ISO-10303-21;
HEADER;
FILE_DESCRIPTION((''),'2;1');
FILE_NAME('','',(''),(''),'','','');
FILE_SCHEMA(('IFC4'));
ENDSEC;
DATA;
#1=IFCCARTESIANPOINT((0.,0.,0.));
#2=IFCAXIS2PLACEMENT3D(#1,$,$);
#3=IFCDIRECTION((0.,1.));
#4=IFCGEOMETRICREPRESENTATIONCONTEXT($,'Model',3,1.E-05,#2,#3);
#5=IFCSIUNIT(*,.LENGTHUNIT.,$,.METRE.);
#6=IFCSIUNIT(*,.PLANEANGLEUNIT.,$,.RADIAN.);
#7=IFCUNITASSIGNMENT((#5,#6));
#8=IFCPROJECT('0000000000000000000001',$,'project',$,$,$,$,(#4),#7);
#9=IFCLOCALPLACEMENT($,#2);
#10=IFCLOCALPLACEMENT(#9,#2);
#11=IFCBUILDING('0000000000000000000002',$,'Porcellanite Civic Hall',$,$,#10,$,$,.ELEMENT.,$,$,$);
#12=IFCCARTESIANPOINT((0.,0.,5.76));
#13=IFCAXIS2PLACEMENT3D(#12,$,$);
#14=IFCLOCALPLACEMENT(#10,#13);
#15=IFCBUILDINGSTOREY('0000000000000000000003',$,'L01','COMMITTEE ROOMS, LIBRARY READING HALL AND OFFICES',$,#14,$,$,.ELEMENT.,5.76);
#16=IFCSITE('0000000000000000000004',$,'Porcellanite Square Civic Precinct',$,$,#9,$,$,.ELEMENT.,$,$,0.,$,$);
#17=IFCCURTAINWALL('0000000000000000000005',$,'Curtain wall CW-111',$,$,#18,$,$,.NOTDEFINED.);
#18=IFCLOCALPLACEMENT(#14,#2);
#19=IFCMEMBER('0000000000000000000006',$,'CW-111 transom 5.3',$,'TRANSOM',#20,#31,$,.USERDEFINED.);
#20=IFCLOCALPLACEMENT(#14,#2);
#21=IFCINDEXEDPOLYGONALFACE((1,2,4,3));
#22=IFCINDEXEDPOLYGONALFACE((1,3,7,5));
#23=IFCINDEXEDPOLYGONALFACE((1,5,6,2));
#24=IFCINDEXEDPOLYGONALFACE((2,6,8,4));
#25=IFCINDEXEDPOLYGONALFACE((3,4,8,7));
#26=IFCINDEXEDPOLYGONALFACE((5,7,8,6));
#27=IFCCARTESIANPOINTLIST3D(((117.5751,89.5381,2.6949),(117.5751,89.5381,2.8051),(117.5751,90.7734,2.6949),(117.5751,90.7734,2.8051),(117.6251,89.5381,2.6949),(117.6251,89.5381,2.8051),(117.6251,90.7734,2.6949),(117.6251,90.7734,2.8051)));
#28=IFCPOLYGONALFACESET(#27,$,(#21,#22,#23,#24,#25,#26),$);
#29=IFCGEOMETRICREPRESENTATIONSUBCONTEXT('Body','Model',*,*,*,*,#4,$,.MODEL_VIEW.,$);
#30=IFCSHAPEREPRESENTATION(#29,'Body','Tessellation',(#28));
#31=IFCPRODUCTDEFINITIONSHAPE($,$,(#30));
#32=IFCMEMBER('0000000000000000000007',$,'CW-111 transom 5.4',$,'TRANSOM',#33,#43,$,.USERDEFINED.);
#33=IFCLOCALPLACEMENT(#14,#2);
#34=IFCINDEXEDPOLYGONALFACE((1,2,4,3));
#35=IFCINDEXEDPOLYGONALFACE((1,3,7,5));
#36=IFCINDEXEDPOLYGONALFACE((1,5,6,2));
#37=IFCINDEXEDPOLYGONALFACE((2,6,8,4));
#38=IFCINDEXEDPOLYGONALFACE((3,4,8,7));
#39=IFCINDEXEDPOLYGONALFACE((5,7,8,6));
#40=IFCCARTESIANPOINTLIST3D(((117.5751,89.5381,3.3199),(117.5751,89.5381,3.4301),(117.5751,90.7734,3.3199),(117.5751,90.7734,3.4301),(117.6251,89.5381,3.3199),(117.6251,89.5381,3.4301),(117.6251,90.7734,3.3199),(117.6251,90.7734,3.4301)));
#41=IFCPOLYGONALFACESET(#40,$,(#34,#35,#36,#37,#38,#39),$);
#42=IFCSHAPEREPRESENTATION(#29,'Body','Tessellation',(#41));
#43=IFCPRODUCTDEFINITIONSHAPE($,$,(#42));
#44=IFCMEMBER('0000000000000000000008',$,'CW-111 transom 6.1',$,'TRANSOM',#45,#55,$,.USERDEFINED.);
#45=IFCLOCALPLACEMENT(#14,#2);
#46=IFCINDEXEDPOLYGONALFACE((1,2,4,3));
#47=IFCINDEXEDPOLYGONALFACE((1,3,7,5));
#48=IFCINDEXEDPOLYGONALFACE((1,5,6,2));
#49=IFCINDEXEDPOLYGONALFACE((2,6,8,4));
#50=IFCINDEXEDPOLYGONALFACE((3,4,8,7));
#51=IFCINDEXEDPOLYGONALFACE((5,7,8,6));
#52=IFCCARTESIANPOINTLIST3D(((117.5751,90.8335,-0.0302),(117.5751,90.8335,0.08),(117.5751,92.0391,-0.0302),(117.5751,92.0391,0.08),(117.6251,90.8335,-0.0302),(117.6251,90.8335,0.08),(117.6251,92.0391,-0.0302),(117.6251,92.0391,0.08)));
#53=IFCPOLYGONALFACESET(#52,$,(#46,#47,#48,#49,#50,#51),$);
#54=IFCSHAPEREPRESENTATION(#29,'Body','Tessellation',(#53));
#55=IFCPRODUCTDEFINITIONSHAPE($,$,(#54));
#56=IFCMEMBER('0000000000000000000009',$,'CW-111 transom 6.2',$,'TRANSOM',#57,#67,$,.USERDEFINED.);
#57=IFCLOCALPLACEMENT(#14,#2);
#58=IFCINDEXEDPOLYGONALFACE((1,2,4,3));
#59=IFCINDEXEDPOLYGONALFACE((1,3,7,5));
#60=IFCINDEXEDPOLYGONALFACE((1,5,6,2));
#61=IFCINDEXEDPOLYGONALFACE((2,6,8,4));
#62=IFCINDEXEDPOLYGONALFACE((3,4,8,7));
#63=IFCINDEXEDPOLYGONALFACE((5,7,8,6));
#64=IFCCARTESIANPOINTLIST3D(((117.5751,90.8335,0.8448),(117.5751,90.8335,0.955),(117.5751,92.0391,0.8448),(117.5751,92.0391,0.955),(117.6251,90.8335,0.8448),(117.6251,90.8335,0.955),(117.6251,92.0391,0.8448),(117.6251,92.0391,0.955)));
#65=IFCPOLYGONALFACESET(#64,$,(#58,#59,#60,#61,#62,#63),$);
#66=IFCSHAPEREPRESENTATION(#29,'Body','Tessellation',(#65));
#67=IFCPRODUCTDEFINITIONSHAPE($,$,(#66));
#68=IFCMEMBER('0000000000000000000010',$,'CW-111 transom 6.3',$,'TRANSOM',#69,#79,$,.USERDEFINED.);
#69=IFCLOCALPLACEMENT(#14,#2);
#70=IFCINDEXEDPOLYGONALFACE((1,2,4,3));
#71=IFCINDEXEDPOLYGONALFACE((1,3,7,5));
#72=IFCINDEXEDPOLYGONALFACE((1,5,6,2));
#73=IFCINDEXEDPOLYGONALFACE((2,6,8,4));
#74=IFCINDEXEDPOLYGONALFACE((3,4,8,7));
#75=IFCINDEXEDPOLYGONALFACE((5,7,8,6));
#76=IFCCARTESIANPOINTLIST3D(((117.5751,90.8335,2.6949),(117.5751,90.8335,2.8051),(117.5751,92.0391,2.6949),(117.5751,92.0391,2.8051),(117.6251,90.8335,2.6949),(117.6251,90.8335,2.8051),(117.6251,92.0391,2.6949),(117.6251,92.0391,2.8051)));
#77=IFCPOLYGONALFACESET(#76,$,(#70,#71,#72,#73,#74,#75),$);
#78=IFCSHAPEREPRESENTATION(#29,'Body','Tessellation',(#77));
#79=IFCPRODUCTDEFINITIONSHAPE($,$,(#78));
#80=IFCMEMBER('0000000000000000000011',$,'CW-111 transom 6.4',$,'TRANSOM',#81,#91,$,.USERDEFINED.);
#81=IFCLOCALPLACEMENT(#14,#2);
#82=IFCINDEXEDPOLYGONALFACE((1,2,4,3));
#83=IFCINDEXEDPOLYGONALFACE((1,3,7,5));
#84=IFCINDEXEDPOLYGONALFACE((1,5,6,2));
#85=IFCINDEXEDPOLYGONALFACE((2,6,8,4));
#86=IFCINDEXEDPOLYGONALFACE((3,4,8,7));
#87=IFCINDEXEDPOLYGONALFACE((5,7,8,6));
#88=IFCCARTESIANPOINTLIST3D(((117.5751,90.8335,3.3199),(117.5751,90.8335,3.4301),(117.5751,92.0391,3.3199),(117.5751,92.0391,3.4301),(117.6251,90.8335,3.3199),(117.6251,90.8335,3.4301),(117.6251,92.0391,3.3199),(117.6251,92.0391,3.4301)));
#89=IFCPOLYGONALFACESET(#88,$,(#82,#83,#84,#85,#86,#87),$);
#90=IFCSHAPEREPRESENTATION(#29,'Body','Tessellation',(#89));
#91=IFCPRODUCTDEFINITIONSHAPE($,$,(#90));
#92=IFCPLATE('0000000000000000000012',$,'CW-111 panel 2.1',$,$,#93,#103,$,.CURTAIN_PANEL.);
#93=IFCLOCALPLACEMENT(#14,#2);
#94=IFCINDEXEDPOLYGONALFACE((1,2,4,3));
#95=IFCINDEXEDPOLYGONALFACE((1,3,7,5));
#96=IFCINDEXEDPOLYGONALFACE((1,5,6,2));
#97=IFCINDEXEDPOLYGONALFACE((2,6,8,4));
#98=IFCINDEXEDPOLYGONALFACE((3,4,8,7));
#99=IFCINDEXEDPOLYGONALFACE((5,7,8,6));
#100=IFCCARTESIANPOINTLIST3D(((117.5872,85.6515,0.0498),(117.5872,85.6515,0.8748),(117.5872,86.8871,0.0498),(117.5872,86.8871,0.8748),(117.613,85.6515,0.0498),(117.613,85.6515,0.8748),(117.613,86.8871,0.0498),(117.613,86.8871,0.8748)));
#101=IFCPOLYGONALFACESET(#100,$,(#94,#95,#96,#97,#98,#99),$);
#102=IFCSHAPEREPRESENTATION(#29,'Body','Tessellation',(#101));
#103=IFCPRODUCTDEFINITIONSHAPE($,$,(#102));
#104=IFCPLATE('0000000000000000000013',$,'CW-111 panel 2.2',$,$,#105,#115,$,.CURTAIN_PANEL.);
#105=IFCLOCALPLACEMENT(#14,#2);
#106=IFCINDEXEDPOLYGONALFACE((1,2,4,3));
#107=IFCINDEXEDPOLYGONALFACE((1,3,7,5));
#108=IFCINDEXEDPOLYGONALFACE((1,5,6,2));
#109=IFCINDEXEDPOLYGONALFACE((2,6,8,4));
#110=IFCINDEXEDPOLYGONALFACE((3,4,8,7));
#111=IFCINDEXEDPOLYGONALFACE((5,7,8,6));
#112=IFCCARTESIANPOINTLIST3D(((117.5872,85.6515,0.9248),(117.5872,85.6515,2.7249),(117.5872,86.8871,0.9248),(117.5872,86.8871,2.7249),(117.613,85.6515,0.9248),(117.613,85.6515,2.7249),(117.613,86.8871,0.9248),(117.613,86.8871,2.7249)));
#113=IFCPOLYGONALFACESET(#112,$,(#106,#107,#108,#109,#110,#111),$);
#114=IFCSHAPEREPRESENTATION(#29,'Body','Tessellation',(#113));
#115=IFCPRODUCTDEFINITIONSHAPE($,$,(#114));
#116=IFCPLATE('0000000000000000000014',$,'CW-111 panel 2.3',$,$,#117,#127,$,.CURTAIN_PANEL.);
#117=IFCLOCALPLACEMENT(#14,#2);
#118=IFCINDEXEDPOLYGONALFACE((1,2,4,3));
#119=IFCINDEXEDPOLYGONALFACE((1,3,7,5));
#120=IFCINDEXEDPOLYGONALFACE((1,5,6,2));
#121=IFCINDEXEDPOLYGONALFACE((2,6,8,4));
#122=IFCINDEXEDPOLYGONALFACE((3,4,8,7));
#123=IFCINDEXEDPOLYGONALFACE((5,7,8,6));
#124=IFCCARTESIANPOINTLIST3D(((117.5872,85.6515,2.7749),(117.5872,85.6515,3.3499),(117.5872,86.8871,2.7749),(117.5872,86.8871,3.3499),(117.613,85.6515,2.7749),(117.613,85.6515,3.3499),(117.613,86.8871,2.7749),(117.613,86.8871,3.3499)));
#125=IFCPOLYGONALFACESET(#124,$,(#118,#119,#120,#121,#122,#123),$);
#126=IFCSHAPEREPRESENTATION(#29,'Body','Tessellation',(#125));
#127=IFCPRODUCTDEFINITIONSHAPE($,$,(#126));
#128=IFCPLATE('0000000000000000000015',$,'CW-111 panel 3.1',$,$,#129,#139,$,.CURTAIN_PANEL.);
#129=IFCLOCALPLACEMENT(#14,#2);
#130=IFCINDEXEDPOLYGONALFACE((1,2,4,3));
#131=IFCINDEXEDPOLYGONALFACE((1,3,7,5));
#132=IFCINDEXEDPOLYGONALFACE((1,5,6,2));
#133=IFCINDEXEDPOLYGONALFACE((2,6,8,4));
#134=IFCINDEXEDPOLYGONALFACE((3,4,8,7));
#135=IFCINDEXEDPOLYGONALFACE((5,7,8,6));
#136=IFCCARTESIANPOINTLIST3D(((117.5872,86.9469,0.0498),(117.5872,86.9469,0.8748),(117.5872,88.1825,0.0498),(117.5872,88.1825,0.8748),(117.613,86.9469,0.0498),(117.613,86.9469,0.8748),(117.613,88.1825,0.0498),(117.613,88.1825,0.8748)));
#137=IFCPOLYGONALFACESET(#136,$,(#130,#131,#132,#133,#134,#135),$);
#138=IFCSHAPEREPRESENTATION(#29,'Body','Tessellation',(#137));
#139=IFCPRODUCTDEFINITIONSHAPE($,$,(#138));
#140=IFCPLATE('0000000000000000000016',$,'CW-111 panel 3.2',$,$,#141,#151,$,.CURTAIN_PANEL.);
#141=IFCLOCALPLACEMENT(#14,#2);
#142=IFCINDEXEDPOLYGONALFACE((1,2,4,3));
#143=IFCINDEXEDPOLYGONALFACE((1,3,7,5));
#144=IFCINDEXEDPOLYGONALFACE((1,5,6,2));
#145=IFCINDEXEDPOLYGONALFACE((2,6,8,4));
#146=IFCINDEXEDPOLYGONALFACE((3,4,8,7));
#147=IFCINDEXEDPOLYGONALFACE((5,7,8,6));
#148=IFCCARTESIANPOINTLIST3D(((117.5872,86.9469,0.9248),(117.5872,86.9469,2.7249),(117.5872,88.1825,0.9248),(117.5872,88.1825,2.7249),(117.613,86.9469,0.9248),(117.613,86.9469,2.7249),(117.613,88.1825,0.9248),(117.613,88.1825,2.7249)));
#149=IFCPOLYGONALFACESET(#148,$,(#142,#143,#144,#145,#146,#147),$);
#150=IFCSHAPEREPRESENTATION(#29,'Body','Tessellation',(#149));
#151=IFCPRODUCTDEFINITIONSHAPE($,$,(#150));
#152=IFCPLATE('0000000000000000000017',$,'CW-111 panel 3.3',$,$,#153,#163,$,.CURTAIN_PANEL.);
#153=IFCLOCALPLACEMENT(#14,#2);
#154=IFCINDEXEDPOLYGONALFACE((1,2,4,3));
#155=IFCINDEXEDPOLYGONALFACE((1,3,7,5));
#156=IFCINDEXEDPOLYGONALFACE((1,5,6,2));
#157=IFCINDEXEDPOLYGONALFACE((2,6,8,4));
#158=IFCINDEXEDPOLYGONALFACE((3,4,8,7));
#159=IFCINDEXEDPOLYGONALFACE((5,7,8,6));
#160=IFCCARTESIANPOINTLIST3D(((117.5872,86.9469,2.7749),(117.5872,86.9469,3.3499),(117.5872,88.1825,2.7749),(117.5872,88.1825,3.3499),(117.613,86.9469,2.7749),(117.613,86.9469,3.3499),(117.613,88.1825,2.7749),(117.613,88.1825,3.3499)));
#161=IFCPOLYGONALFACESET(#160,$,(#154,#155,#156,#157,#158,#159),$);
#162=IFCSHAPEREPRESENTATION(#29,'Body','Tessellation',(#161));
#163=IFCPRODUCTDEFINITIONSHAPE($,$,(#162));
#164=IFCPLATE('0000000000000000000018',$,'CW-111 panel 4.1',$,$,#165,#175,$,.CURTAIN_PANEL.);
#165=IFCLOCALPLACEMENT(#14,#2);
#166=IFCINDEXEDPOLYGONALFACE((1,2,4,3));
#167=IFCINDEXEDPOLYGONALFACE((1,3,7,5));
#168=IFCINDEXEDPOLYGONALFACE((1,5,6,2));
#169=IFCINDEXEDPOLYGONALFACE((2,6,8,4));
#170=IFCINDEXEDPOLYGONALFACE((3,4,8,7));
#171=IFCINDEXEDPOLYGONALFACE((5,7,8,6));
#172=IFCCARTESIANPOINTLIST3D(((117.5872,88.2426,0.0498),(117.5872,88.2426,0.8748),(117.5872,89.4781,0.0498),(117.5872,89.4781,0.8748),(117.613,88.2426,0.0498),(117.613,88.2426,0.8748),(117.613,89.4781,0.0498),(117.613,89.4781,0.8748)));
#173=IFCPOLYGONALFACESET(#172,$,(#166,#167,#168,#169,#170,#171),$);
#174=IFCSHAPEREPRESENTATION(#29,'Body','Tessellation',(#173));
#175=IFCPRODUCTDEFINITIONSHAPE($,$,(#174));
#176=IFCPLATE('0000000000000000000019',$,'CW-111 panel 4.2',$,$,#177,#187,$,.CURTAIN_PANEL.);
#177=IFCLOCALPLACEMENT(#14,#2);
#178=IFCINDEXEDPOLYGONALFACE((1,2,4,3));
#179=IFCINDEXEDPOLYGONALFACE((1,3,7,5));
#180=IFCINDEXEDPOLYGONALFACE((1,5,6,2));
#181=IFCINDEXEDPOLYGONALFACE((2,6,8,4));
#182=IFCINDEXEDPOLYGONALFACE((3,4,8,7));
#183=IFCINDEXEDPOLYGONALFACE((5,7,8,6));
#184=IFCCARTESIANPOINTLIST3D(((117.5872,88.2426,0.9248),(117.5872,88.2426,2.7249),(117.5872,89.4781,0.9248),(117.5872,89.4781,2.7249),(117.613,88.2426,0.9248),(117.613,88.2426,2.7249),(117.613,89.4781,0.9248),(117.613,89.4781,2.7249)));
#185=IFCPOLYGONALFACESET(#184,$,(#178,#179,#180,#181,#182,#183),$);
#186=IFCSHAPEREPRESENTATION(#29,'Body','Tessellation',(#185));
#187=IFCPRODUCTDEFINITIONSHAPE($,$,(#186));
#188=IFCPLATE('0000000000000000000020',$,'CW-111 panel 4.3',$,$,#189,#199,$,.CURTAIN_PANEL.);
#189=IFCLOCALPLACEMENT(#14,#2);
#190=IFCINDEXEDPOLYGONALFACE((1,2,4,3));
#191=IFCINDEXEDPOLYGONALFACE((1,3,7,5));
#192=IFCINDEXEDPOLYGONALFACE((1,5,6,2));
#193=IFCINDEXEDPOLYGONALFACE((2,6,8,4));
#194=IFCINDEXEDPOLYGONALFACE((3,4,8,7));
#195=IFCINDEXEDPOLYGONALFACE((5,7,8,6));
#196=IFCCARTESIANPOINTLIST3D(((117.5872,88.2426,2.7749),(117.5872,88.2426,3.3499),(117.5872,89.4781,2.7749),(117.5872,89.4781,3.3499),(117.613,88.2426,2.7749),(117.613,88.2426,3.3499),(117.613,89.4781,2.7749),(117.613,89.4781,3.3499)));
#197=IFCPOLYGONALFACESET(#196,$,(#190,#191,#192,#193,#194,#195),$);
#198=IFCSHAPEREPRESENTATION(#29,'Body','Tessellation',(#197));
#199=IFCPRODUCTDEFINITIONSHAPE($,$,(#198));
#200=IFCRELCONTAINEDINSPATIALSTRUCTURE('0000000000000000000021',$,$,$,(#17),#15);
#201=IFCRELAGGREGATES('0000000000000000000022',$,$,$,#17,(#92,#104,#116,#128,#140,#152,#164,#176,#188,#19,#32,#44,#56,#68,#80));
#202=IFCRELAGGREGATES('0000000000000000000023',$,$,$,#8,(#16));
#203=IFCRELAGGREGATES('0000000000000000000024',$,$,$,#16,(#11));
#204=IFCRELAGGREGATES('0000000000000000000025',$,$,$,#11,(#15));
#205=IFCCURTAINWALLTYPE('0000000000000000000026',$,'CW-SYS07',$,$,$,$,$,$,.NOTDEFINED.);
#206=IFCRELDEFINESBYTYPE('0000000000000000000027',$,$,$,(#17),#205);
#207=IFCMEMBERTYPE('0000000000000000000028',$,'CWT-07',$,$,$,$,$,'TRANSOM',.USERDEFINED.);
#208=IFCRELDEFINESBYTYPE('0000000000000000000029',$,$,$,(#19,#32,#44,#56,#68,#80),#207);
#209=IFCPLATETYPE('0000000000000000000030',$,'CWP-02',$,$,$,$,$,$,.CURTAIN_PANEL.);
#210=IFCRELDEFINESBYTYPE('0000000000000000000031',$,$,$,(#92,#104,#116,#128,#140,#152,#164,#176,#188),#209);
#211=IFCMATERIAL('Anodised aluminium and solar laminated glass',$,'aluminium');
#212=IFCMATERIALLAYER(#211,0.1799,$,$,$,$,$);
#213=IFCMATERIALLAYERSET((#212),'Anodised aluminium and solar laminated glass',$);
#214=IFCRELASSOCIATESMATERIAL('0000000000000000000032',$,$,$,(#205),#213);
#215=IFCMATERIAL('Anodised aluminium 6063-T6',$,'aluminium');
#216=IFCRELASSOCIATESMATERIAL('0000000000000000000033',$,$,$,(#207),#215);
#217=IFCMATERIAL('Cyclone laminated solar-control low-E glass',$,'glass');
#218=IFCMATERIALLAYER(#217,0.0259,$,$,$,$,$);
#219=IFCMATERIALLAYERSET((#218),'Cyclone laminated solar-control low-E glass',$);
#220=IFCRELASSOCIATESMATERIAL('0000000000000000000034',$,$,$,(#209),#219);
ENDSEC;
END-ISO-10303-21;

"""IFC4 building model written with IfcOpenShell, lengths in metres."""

from ifc_helpers import new_model, si_unit, direction, frame, origin, origin_2d, place, context, subcontext, project, spatial, rectangle, extrude, material, layer, layer_set, material_profile, profile_set, type_object, element, aggregate, save


model = new_model("IFC4")

# Units and contexts
model_context = context("Model", 3, precision=1e-05, world=origin(), true_north=direction((0.0, 1.0)))
body_context = subcontext(model_context, "Body", "Model", "MODEL_VIEW")
ifc_project = project(units=[si_unit("LENGTHUNIT", "METRE"), si_unit("PLANEANGLEUNIT", "RADIAN")], contexts=[model_context])

# Site, building, storey
site_placement = place(None, origin())
site = spatial("IfcSite", under=ifc_project, at=site_placement, Name="Porcellanite Square Civic Precinct", CompositionType="ELEMENT", RefElevation=0.0)
building_placement = place(site_placement, origin())
building = spatial("IfcBuilding", under=site, at=building_placement, Name="Porcellanite Civic Hall", CompositionType="ELEMENT")
storey_placement = place(building_placement, frame((0.0, 0.0, 5.76)))
storey = spatial("IfcBuildingStorey", under=building, at=storey_placement, Name="L01", Description="COMMITTEE ROOMS, LIBRARY READING HALL AND OFFICES", CompositionType="ELEMENT", Elevation=5.76)

# Curtain wall, members, plates
ifc_material_1 = material(Name="Anodised aluminium and solar laminated glass", Category="aluminium")
ifc_layer_1 = layer(ifc_material_1, 0.1799)
ifc_layer_set_1 = layer_set([ifc_layer_1], Name="Anodised aluminium and solar laminated glass")
curtain_wall_type = type_object("IfcCurtainWallType", Name="CW-SYS07", PredefinedType="NOTDEFINED", material=ifc_layer_set_1)
curtain_wall_placement = place(storey_placement, origin())
curtain_wall = element("IfcCurtainWall", 1, at=curtain_wall_placement, inside=storey, type_object=curtain_wall_type, Name="Curtain wall CW-111", PredefinedType="NOTDEFINED")
ifc_material_2 = material(Name="Anodised aluminium 6063-T6", Category="aluminium")
ifc_material_profile_1 = material_profile(ifc_material_2, rectangle(XDim=0.05, YDim=0.1101, at=origin_2d()), Name="AL-50x110")
ifc_profile_set_1 = profile_set([ifc_material_profile_1], Name="Anodised aluminium 6063-T6")
member_type_1 = type_object("IfcMemberType", Name="CWT-07", ElementType="TRANSOM", PredefinedType="USERDEFINED", material=ifc_profile_set_1)
member_1_placement = place(storey_placement, frame((117.6001, 89.5381, 2.75), z_axis=(0.0, 1.0, 0.0), x_axis=(-1.0, 0.0, 0.0)))
member_1 = element("IfcMember", 2, at=member_1_placement, type_object=member_type_1, Name="CW-111 transom 5.3", ObjectType="TRANSOM", PredefinedType="USERDEFINED", context=body_context, shape_type="SweptSolid", body=[
    extrude(rectangle(XDim=0.05, YDim=0.1101, at=origin_2d()), origin(), (0.0, 0.0, 1.0), 1.2354),
])
member_2_placement = place(storey_placement, frame((117.6001, 89.5381, 3.375), z_axis=(0.0, 1.0, 0.0), x_axis=(-1.0, 0.0, 0.0)))
member_2 = element("IfcMember", 3, at=member_2_placement, type_object=member_type_1, Name="CW-111 transom 5.4", ObjectType="TRANSOM", PredefinedType="USERDEFINED", context=body_context, shape_type="SweptSolid", body=[
    extrude(rectangle(XDim=0.05, YDim=0.1101, at=origin_2d()), origin(), (0.0, 0.0, 1.0), 1.2354),
])
member_3_placement = place(storey_placement, frame((117.6001, 90.8335, 0.0249), z_axis=(0.0, 1.0, 0.0), x_axis=(-1.0, 0.0, 0.0)))
member_3 = element("IfcMember", 4, at=member_3_placement, type_object=member_type_1, Name="CW-111 transom 6.1", ObjectType="TRANSOM", PredefinedType="USERDEFINED", context=body_context, shape_type="SweptSolid", body=[
    extrude(rectangle(XDim=0.05, YDim=0.1101, at=origin_2d()), origin(), (0.0, 0.0, 1.0), 1.2056),
])
member_4_placement = place(storey_placement, frame((117.6001, 90.8335, 0.8999), z_axis=(0.0, 1.0, 0.0), x_axis=(-1.0, 0.0, 0.0)))
member_4 = element("IfcMember", 5, at=member_4_placement, type_object=member_type_1, Name="CW-111 transom 6.2", ObjectType="TRANSOM", PredefinedType="USERDEFINED", context=body_context, shape_type="SweptSolid", body=[
    extrude(rectangle(XDim=0.05, YDim=0.1101, at=origin_2d()), origin(), (0.0, 0.0, 1.0), 1.2056),
])
member_5_placement = place(storey_placement, frame((117.6001, 90.8335, 2.75), z_axis=(0.0, 1.0, 0.0), x_axis=(-1.0, 0.0, 0.0)))
member_5 = element("IfcMember", 6, at=member_5_placement, type_object=member_type_1, Name="CW-111 transom 6.3", ObjectType="TRANSOM", PredefinedType="USERDEFINED", context=body_context, shape_type="SweptSolid", body=[
    extrude(rectangle(XDim=0.05, YDim=0.1101, at=origin_2d()), origin(), (0.0, 0.0, 1.0), 1.2056),
])
member_6_placement = place(storey_placement, frame((117.6001, 90.8335, 3.375), z_axis=(0.0, 1.0, 0.0), x_axis=(-1.0, 0.0, 0.0)))
member_6 = element("IfcMember", 7, at=member_6_placement, type_object=member_type_1, Name="CW-111 transom 6.4", ObjectType="TRANSOM", PredefinedType="USERDEFINED", context=body_context, shape_type="SweptSolid", body=[
    extrude(rectangle(XDim=0.05, YDim=0.1101, at=origin_2d()), origin(), (0.0, 0.0, 1.0), 1.2056),
])
ifc_material_3 = material(Name="Cyclone laminated solar-control low-E glass", Category="glass")
ifc_layer_2 = layer(ifc_material_3, 0.0259)
ifc_layer_set_2 = layer_set([ifc_layer_2], Name="Cyclone laminated solar-control low-E glass")
plate_type = type_object("IfcPlateType", Name="CWP-02", PredefinedType="CURTAIN_PANEL", material=ifc_layer_set_2)
plate_1_placement = place(storey_placement, frame((117.6001, 86.2693, 0.0498), z_axis=(0.0, 0.0, 1.0), x_axis=(0.0, 1.0, 0.0)))
plate_1 = element("IfcPlate", 8, at=plate_1_placement, type_object=plate_type, Name="CW-111 panel 2.1", PredefinedType="CURTAIN_PANEL", context=body_context, shape_type="SweptSolid", body=[
    extrude(rectangle(XDim=1.2356, YDim=0.0259, at=origin_2d()), origin(), (0.0, 0.0, 1.0), 0.825),
])
plate_2_placement = place(storey_placement, frame((117.6001, 86.2693, 0.9248), z_axis=(0.0, 0.0, 1.0), x_axis=(0.0, 1.0, 0.0)))
plate_2 = element("IfcPlate", 9, at=plate_2_placement, type_object=plate_type, Name="CW-111 panel 2.2", PredefinedType="CURTAIN_PANEL", context=body_context, shape_type="SweptSolid", body=[
    extrude(rectangle(XDim=1.2356, YDim=0.0259, at=origin_2d()), origin(), (0.0, 0.0, 1.0), 1.8),
])
plate_3_placement = place(storey_placement, frame((117.6001, 86.2693, 2.7749), z_axis=(0.0, 0.0, 1.0), x_axis=(0.0, 1.0, 0.0)))
plate_3 = element("IfcPlate", 10, at=plate_3_placement, type_object=plate_type, Name="CW-111 panel 2.3", PredefinedType="CURTAIN_PANEL", context=body_context, shape_type="SweptSolid", body=[
    extrude(rectangle(XDim=1.2356, YDim=0.0259, at=origin_2d()), origin(), (0.0, 0.0, 1.0), 0.575),
])
plate_4_placement = place(storey_placement, frame((117.6001, 87.5647, 0.0498), z_axis=(0.0, 0.0, 1.0), x_axis=(0.0, 1.0, 0.0)))
plate_4 = element("IfcPlate", 11, at=plate_4_placement, type_object=plate_type, Name="CW-111 panel 3.1", PredefinedType="CURTAIN_PANEL", context=body_context, shape_type="SweptSolid", body=[
    extrude(rectangle(XDim=1.2356, YDim=0.0259, at=origin_2d()), origin(), (0.0, 0.0, 1.0), 0.825),
])
plate_5_placement = place(storey_placement, frame((117.6001, 87.5647, 0.9248), z_axis=(0.0, 0.0, 1.0), x_axis=(0.0, 1.0, 0.0)))
plate_5 = element("IfcPlate", 12, at=plate_5_placement, type_object=plate_type, Name="CW-111 panel 3.2", PredefinedType="CURTAIN_PANEL", context=body_context, shape_type="SweptSolid", body=[
    extrude(rectangle(XDim=1.2356, YDim=0.0259, at=origin_2d()), origin(), (0.0, 0.0, 1.0), 1.8),
])
plate_6_placement = place(storey_placement, frame((117.6001, 87.5647, 2.7749), z_axis=(0.0, 0.0, 1.0), x_axis=(0.0, 1.0, 0.0)))
plate_6 = element("IfcPlate", 13, at=plate_6_placement, type_object=plate_type, Name="CW-111 panel 3.3", PredefinedType="CURTAIN_PANEL", context=body_context, shape_type="SweptSolid", body=[
    extrude(rectangle(XDim=1.2356, YDim=0.0259, at=origin_2d()), origin(), (0.0, 0.0, 1.0), 0.575),
])
plate_7_placement = place(storey_placement, frame((117.6001, 88.8604, 0.0498), z_axis=(0.0, 0.0, 1.0), x_axis=(0.0, 1.0, 0.0)))
plate_7 = element("IfcPlate", 14, at=plate_7_placement, type_object=plate_type, Name="CW-111 panel 4.1", PredefinedType="CURTAIN_PANEL", context=body_context, shape_type="SweptSolid", body=[
    extrude(rectangle(XDim=1.2356, YDim=0.0259, at=origin_2d()), origin(), (0.0, 0.0, 1.0), 0.825),
])
plate_8_placement = place(storey_placement, frame((117.6001, 88.8604, 0.9248), z_axis=(0.0, 0.0, 1.0), x_axis=(0.0, 1.0, 0.0)))
plate_8 = element("IfcPlate", 15, at=plate_8_placement, type_object=plate_type, Name="CW-111 panel 4.2", PredefinedType="CURTAIN_PANEL", context=body_context, shape_type="SweptSolid", body=[
    extrude(rectangle(XDim=1.2356, YDim=0.0259, at=origin_2d()), origin(), (0.0, 0.0, 1.0), 1.8),
])
plate_9_placement = place(storey_placement, frame((117.6001, 88.8604, 2.7749), z_axis=(0.0, 0.0, 1.0), x_axis=(0.0, 1.0, 0.0)))
plate_9 = element("IfcPlate", 16, at=plate_9_placement, type_object=plate_type, Name="CW-111 panel 4.3", PredefinedType="CURTAIN_PANEL", context=body_context, shape_type="SweptSolid", body=[
    extrude(rectangle(XDim=1.2356, YDim=0.0259, at=origin_2d()), origin(), (0.0, 0.0, 1.0), 0.575),
])
aggregate(curtain_wall, [plate_1, plate_2, plate_3, plate_4, plate_5, plate_6, plate_7, plate_8, plate_9, member_1, member_2, member_3, member_4, member_5, member_6])

save(model, "model.ifc")
